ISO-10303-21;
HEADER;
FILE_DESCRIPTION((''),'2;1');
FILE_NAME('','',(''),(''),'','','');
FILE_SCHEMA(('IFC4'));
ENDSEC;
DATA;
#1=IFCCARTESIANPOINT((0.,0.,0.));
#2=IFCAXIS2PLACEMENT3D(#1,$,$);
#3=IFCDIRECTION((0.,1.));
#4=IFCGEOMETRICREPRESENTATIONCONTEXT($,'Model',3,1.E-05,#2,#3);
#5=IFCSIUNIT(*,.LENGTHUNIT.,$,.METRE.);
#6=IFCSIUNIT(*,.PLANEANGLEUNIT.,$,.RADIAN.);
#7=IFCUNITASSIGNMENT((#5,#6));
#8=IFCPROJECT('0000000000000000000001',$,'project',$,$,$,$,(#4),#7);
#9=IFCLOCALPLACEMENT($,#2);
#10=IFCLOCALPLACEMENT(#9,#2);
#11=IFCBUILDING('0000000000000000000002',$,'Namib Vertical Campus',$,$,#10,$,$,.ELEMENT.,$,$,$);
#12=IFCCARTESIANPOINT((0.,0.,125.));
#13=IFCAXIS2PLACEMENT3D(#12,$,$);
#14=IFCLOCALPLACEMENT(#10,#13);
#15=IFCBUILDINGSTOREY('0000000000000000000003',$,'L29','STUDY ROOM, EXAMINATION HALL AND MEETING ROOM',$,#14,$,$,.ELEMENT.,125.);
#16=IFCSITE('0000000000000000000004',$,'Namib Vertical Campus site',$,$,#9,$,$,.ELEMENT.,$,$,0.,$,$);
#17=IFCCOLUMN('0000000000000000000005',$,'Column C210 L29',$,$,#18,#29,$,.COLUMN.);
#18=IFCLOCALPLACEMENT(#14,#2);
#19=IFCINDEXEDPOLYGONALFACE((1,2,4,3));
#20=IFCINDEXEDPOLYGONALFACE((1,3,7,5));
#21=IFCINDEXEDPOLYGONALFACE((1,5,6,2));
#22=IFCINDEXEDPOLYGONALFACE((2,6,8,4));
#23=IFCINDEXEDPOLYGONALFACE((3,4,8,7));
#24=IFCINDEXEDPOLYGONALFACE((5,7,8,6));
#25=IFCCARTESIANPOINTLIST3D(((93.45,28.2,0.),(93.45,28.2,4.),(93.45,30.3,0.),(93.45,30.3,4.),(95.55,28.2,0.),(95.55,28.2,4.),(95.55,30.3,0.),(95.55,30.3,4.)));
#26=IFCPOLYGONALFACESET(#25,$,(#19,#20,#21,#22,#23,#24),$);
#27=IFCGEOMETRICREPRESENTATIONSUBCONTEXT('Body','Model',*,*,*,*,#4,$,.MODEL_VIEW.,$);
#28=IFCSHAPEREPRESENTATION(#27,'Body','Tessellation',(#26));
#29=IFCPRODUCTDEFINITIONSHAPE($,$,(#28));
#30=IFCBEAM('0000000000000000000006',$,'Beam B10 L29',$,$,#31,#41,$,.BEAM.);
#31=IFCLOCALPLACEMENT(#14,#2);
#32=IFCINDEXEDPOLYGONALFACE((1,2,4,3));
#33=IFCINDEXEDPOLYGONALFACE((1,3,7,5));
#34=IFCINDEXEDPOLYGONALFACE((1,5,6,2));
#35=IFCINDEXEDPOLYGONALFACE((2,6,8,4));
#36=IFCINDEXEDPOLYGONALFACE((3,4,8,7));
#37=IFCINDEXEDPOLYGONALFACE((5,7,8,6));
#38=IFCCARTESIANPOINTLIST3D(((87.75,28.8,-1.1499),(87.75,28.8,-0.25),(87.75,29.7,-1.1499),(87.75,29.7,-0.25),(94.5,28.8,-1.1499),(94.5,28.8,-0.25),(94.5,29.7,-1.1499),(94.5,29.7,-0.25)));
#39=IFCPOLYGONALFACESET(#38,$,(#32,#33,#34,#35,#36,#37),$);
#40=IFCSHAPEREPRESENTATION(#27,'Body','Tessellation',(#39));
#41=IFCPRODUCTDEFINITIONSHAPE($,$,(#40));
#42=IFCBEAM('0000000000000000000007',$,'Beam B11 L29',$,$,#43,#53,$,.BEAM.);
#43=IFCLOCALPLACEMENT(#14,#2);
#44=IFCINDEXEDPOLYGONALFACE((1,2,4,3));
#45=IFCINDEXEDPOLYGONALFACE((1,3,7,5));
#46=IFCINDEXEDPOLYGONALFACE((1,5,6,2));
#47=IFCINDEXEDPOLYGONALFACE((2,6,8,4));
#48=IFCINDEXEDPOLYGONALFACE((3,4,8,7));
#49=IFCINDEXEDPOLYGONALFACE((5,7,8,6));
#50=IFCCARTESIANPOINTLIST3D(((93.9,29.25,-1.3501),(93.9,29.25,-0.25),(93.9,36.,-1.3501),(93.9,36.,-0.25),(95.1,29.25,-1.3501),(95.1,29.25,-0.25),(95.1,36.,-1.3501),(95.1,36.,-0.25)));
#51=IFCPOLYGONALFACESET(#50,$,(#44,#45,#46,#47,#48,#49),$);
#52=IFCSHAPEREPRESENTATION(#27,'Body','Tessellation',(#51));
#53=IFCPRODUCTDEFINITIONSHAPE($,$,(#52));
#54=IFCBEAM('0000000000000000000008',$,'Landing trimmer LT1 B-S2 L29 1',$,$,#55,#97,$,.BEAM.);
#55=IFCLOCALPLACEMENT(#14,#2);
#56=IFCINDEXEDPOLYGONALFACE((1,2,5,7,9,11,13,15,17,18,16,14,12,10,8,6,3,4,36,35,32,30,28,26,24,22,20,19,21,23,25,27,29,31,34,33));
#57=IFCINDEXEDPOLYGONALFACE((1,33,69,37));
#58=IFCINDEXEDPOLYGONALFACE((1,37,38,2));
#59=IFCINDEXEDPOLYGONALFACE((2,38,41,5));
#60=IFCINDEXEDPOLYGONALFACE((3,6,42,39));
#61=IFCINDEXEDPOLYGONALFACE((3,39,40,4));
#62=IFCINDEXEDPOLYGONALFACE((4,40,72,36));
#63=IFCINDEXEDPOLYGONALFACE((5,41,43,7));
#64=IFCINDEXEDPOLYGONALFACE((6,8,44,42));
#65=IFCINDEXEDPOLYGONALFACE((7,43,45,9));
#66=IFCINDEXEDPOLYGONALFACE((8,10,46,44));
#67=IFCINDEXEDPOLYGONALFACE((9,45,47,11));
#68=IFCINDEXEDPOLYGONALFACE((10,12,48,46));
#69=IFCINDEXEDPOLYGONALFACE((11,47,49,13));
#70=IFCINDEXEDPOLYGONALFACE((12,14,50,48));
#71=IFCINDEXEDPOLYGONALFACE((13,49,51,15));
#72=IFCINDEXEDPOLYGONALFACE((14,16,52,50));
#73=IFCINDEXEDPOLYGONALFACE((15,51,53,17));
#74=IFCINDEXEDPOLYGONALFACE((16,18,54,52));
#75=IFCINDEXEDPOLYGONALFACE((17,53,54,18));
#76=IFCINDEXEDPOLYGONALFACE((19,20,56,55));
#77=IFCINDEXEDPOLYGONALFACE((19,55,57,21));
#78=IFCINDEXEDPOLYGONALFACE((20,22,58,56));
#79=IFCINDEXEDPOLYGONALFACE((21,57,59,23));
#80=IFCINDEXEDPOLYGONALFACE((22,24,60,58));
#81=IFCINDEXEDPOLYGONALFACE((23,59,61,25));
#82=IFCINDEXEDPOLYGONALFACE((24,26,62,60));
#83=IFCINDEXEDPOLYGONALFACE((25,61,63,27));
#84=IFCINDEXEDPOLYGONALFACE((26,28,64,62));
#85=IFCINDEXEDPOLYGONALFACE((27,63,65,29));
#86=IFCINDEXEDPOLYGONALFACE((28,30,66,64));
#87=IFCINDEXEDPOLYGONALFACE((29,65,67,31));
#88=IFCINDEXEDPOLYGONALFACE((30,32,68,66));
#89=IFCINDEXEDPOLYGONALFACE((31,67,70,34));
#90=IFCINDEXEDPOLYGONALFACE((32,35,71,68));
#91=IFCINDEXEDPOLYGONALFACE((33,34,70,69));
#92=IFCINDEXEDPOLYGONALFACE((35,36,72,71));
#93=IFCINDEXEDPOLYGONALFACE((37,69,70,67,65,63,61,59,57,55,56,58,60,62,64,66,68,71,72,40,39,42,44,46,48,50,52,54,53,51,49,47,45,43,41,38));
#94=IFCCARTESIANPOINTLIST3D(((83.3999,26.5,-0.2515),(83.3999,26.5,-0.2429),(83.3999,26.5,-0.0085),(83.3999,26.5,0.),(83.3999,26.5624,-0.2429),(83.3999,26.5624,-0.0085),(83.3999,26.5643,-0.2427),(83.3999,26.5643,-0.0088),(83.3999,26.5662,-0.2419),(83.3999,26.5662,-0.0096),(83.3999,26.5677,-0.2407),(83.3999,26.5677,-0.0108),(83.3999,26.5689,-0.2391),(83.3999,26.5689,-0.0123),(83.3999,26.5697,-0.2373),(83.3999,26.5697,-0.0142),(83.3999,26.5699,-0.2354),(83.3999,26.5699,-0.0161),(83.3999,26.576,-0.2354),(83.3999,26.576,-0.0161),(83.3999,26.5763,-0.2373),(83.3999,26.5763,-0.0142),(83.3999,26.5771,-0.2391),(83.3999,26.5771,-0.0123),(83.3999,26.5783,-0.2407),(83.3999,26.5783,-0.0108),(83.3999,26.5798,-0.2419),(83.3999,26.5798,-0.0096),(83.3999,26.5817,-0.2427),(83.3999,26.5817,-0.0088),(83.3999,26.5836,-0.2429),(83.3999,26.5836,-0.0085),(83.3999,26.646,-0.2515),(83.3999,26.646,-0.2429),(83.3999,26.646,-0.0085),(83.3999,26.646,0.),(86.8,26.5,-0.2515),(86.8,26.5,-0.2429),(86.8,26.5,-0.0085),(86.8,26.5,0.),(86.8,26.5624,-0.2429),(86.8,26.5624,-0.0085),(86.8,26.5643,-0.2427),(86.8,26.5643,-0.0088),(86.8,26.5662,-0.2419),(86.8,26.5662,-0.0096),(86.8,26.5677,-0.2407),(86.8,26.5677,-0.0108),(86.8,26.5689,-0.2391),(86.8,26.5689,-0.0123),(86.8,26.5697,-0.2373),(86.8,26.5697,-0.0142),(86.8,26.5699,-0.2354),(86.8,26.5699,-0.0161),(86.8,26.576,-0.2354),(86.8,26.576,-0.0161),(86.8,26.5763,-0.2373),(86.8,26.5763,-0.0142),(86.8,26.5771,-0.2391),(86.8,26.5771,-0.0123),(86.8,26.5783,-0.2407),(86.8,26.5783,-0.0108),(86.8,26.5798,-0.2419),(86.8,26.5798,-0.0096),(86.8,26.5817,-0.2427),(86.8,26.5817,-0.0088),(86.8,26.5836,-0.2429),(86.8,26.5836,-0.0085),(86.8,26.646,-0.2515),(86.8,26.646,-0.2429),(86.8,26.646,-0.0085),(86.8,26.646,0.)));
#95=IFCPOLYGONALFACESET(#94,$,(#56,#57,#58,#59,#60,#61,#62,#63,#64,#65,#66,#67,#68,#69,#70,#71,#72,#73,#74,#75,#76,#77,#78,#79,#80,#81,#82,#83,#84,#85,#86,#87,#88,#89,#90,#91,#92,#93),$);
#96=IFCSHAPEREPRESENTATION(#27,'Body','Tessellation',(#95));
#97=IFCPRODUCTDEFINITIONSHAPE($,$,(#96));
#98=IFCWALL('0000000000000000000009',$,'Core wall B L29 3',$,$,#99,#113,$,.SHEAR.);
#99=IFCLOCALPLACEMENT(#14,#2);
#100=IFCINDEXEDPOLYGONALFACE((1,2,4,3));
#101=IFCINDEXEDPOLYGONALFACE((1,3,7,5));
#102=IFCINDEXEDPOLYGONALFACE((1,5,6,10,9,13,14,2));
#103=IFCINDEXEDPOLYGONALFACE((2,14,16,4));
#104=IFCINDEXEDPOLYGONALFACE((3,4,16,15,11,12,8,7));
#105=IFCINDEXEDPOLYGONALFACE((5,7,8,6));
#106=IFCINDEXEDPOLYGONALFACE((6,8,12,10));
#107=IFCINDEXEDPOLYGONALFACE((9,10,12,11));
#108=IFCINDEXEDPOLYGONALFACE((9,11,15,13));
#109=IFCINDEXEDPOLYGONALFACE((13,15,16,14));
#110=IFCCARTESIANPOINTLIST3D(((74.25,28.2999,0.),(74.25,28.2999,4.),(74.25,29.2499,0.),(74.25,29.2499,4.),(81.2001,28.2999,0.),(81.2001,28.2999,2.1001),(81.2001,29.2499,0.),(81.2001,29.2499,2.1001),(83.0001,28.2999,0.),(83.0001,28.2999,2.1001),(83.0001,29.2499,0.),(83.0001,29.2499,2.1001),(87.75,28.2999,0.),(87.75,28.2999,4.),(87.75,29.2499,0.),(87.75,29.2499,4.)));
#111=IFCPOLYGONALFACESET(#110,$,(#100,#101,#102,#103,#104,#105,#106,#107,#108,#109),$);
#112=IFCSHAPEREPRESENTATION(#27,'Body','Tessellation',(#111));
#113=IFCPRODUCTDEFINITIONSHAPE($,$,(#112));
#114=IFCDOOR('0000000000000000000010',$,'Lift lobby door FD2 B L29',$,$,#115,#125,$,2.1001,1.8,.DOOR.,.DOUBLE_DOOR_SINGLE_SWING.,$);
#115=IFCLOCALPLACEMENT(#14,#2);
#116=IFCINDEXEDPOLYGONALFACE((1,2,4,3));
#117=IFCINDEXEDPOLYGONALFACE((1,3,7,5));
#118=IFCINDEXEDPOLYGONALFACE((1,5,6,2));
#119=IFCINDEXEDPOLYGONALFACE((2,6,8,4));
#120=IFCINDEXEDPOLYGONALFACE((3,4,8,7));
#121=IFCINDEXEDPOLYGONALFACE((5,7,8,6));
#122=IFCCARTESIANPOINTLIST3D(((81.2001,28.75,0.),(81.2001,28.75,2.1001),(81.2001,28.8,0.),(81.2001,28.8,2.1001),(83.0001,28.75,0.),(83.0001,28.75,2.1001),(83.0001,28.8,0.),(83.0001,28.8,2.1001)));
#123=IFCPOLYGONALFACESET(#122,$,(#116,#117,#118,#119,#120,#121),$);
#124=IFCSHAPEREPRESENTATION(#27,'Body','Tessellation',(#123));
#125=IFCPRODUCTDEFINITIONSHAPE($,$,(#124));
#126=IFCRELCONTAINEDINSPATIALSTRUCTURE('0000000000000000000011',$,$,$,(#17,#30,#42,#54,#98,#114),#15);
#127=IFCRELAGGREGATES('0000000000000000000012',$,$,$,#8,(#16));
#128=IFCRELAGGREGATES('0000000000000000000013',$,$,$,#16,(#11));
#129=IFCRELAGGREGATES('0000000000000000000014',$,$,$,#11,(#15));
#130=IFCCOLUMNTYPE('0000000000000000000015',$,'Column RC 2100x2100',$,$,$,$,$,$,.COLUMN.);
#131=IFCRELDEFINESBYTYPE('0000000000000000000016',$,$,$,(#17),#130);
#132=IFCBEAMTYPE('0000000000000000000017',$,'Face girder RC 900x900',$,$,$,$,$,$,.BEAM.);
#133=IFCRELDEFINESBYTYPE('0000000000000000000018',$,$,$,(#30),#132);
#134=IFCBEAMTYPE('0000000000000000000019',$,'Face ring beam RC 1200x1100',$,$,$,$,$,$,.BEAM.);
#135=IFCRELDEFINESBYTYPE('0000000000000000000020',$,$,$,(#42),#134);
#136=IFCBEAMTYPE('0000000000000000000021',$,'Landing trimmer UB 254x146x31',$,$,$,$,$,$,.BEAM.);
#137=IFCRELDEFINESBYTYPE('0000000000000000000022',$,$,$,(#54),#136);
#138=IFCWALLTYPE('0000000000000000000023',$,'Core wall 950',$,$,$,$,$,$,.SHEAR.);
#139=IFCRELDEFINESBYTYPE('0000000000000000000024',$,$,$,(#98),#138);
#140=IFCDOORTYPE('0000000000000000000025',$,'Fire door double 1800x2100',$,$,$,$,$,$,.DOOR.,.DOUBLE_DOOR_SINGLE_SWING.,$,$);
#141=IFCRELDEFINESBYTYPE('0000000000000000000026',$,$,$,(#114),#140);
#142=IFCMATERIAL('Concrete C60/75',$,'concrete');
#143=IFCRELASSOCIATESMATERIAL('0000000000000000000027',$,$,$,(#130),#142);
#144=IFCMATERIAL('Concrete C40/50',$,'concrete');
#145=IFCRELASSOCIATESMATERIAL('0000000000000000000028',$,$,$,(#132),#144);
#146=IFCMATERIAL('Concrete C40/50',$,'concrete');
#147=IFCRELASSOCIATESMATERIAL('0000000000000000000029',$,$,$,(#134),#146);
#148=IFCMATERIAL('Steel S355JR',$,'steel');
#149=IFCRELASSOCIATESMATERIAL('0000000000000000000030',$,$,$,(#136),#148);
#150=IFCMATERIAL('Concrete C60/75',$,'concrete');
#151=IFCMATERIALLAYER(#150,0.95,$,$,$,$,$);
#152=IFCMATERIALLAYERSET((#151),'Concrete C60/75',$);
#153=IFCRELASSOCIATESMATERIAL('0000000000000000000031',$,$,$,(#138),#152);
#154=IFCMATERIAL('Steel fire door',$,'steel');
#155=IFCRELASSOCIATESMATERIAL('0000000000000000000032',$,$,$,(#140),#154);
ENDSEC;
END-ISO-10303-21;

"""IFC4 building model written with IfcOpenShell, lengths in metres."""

from ifc_helpers import new_model, si_unit, direction, frame, frame_2d, origin, origin_2d, place, context, subcontext, project, spatial, rectangle, i_section, extrude, material, layer, layer_set, material_profile, profile_set, type_object, element, fill, save


model = new_model("IFC4")

# Units and contexts
model_context = context("Model", 3, precision=1e-05, world=origin(), true_north=direction((0.0, 1.0)))
body_context = subcontext(model_context, "Body", "Model", "MODEL_VIEW")
ifc_project = project(units=[si_unit("LENGTHUNIT", "METRE"), si_unit("PLANEANGLEUNIT", "RADIAN")], contexts=[model_context])

# Site, building, storey
site_placement = place(None, origin())
site = spatial("IfcSite", under=ifc_project, at=site_placement, Name="Namib Vertical Campus site", CompositionType="ELEMENT", RefElevation=0.0)
building_placement = place(site_placement, origin())
building = spatial("IfcBuilding", under=site, at=building_placement, Name="Namib Vertical Campus", CompositionType="ELEMENT")
storey_placement = place(building_placement, frame((0.0, 0.0, 125.0)))
storey = spatial("IfcBuildingStorey", under=building, at=storey_placement, Name="L29", Description="STUDY ROOM, EXAMINATION HALL AND MEETING ROOM", CompositionType="ELEMENT", Elevation=125.0)

# Column
ifc_material_1 = material(Name="Concrete C60/75", Category="concrete")
ifc_material_profile_1 = material_profile(ifc_material_1, rectangle(XDim=2.1001, YDim=2.1001, at=origin_2d()))
ifc_profile_set_1 = profile_set([ifc_material_profile_1], Name="Concrete C60/75")
column_type = type_object("IfcColumnType", Name="Column RC 2100x2100", PredefinedType="COLUMN", material=ifc_profile_set_1)
column_placement = place(storey_placement, frame((94.5, 29.25, 0.0), z_axis=(0.0, 0.0, 1.0), x_axis=(1.0, 0.0, 0.0)))
element("IfcColumn", 1, at=column_placement, inside=storey, type_object=column_type, Name="Column C210 L29", PredefinedType="COLUMN", context=body_context, shape_type="SweptSolid", body=[
    extrude(rectangle(XDim=2.1001, YDim=2.1001, at=origin_2d()), origin(), (0.0, 0.0, 1.0), 4.0),
])

# Beams
ifc_material_2 = material(Name="Concrete C40/50", Category="concrete")
ifc_material_profile_2 = material_profile(ifc_material_2, rectangle(XDim=0.8999, YDim=0.8999, at=origin_2d()))
ifc_profile_set_2 = profile_set([ifc_material_profile_2], Name="Concrete C40/50")
beam_type_1 = type_object("IfcBeamType", Name="Face girder RC 900x900", PredefinedType="BEAM", material=ifc_profile_set_2)
beam_1_placement = place(storey_placement, frame((94.5, 29.25, -0.7), z_axis=(-1.0, 0.0, 0.0), x_axis=(0.0, -1.0, 0.0)))
element("IfcBeam", 2, at=beam_1_placement, inside=storey, type_object=beam_type_1, Name="Beam B10 L29", PredefinedType="BEAM", context=body_context, shape_type="SweptSolid", body=[
    extrude(rectangle(XDim=0.8999, YDim=0.8999, at=origin_2d()), origin(), (0.0, 0.0, 1.0), 6.75),
])
ifc_material_3 = material(Name="Concrete C40/50", Category="concrete")
ifc_material_profile_3 = material_profile(ifc_material_3, rectangle(XDim=1.2, YDim=1.1001, at=origin_2d()))
ifc_profile_set_3 = profile_set([ifc_material_profile_3], Name="Concrete C40/50")
beam_type_2 = type_object("IfcBeamType", Name="Face ring beam RC 1200x1100", PredefinedType="BEAM", material=ifc_profile_set_3)
beam_2_placement = place(storey_placement, frame((94.5, 29.25, -0.8), z_axis=(0.0, 1.0, 0.0), x_axis=(-1.0, 0.0, 0.0)))
element("IfcBeam", 3, at=beam_2_placement, inside=storey, type_object=beam_type_2, Name="Beam B11 L29", PredefinedType="BEAM", context=body_context, shape_type="SweptSolid", body=[
    extrude(rectangle(XDim=1.2, YDim=1.1001, at=origin_2d()), origin(), (0.0, 0.0, 1.0), 6.75),
])
ifc_material_4 = material(Name="Steel S355JR", Category="steel")
ifc_material_profile_4 = material_profile(ifc_material_4, i_section(OverallWidth=0.146, OverallDepth=0.2515, WebThickness=0.0061, FlangeThickness=0.0085, FilletRadius=0.0076, at=origin_2d()))
ifc_profile_set_4 = profile_set([ifc_material_profile_4], Name="Steel S355JR")
beam_type_3 = type_object("IfcBeamType", Name="Landing trimmer UB 254x146x31", PredefinedType="BEAM", material=ifc_profile_set_4)
beam_3_placement = place(storey_placement, frame((83.3999, 26.573, -0.1257), z_axis=(1.0, 0.0, 0.0), x_axis=(0.0, 1.0, 0.0)))
element("IfcBeam", 4, at=beam_3_placement, inside=storey, type_object=beam_type_3, Name="Landing trimmer LT1 B-S2 L29 1", PredefinedType="BEAM", context=body_context, shape_type="SweptSolid", body=[
    extrude(i_section(OverallWidth=0.146, OverallDepth=0.2515, WebThickness=0.0061, FlangeThickness=0.0085, FilletRadius=0.0076, at=origin_2d()), origin(), (0.0, 0.0, 1.0), 3.4001),
])

# Wall, opening, door
ifc_material_5 = material(Name="Concrete C60/75", Category="concrete")
ifc_layer_1 = layer(ifc_material_5, 0.95)
ifc_layer_set_1 = layer_set([ifc_layer_1], Name="Concrete C60/75")
wall_type_1 = type_object("IfcWallType", Name="Core wall 950", PredefinedType="SHEAR", material=ifc_layer_set_1)
wall_1_placement = place(storey_placement, frame((87.75, 28.7749, 0.0), z_axis=(0.0, 0.0, 1.0), x_axis=(-1.0, 0.0, 0.0)))
wall_1 = element("IfcWall", 5, at=wall_1_placement, inside=storey, type_object=wall_type_1, Name="Core wall B L29 3", PredefinedType="SHEAR", context=body_context, shape_type="SweptSolid", body=[
    extrude(rectangle(XDim=13.5, YDim=0.95, at=frame_2d((6.75, 0.0))), origin(), (0.0, 0.0, 1.0), 4.0),
])
opening_1_placement = place(wall_1_placement, frame((4.75, 0.0, 0.0)))
opening_1 = element("IfcOpeningElement", 6, at=opening_1_placement, cuts=wall_1, PredefinedType="OPENING", context=body_context, shape_type="SweptSolid", body=[
    extrude(rectangle(XDim=1.8, YDim=2.1001, at=frame_2d((0.8999, 1.05))), frame((0.0, 0.4849, 0.0), z_axis=(0.0, -1.0, 0.0), x_axis=(1.0, 0.0, 0.0)), (0.0, 0.0, 1.0), 0.97),
])
ifc_material_6 = material(Name="Steel fire door", Category="steel")
door_type_1 = type_object("IfcDoorType", Name="Fire door double 1800x2100", OperationType="DOUBLE_DOOR_SINGLE_SWING", PredefinedType="DOOR", material=ifc_material_6)
door_1_placement = place(opening_1_placement, origin())
door_1 = element("IfcDoor", 7, at=door_1_placement, inside=storey, type_object=door_type_1, Name="Lift lobby door FD2 B L29", OperationType="DOUBLE_DOOR_SINGLE_SWING", OverallHeight=2.1001, OverallWidth=1.8, PredefinedType="DOOR", context=body_context, shape_type="SweptSolid", body=[
    extrude(rectangle(XDim=1.8, YDim=2.1001, at=frame_2d((0.8999, 1.05))), frame((0.0, 0.0249, 0.0), z_axis=(0.0, -1.0, 0.0), x_axis=(1.0, 0.0, 0.0)), (0.0, 0.0, 1.0), 0.05),
])
fill(opening_1, door_1)

save(model, "model.ifc")
